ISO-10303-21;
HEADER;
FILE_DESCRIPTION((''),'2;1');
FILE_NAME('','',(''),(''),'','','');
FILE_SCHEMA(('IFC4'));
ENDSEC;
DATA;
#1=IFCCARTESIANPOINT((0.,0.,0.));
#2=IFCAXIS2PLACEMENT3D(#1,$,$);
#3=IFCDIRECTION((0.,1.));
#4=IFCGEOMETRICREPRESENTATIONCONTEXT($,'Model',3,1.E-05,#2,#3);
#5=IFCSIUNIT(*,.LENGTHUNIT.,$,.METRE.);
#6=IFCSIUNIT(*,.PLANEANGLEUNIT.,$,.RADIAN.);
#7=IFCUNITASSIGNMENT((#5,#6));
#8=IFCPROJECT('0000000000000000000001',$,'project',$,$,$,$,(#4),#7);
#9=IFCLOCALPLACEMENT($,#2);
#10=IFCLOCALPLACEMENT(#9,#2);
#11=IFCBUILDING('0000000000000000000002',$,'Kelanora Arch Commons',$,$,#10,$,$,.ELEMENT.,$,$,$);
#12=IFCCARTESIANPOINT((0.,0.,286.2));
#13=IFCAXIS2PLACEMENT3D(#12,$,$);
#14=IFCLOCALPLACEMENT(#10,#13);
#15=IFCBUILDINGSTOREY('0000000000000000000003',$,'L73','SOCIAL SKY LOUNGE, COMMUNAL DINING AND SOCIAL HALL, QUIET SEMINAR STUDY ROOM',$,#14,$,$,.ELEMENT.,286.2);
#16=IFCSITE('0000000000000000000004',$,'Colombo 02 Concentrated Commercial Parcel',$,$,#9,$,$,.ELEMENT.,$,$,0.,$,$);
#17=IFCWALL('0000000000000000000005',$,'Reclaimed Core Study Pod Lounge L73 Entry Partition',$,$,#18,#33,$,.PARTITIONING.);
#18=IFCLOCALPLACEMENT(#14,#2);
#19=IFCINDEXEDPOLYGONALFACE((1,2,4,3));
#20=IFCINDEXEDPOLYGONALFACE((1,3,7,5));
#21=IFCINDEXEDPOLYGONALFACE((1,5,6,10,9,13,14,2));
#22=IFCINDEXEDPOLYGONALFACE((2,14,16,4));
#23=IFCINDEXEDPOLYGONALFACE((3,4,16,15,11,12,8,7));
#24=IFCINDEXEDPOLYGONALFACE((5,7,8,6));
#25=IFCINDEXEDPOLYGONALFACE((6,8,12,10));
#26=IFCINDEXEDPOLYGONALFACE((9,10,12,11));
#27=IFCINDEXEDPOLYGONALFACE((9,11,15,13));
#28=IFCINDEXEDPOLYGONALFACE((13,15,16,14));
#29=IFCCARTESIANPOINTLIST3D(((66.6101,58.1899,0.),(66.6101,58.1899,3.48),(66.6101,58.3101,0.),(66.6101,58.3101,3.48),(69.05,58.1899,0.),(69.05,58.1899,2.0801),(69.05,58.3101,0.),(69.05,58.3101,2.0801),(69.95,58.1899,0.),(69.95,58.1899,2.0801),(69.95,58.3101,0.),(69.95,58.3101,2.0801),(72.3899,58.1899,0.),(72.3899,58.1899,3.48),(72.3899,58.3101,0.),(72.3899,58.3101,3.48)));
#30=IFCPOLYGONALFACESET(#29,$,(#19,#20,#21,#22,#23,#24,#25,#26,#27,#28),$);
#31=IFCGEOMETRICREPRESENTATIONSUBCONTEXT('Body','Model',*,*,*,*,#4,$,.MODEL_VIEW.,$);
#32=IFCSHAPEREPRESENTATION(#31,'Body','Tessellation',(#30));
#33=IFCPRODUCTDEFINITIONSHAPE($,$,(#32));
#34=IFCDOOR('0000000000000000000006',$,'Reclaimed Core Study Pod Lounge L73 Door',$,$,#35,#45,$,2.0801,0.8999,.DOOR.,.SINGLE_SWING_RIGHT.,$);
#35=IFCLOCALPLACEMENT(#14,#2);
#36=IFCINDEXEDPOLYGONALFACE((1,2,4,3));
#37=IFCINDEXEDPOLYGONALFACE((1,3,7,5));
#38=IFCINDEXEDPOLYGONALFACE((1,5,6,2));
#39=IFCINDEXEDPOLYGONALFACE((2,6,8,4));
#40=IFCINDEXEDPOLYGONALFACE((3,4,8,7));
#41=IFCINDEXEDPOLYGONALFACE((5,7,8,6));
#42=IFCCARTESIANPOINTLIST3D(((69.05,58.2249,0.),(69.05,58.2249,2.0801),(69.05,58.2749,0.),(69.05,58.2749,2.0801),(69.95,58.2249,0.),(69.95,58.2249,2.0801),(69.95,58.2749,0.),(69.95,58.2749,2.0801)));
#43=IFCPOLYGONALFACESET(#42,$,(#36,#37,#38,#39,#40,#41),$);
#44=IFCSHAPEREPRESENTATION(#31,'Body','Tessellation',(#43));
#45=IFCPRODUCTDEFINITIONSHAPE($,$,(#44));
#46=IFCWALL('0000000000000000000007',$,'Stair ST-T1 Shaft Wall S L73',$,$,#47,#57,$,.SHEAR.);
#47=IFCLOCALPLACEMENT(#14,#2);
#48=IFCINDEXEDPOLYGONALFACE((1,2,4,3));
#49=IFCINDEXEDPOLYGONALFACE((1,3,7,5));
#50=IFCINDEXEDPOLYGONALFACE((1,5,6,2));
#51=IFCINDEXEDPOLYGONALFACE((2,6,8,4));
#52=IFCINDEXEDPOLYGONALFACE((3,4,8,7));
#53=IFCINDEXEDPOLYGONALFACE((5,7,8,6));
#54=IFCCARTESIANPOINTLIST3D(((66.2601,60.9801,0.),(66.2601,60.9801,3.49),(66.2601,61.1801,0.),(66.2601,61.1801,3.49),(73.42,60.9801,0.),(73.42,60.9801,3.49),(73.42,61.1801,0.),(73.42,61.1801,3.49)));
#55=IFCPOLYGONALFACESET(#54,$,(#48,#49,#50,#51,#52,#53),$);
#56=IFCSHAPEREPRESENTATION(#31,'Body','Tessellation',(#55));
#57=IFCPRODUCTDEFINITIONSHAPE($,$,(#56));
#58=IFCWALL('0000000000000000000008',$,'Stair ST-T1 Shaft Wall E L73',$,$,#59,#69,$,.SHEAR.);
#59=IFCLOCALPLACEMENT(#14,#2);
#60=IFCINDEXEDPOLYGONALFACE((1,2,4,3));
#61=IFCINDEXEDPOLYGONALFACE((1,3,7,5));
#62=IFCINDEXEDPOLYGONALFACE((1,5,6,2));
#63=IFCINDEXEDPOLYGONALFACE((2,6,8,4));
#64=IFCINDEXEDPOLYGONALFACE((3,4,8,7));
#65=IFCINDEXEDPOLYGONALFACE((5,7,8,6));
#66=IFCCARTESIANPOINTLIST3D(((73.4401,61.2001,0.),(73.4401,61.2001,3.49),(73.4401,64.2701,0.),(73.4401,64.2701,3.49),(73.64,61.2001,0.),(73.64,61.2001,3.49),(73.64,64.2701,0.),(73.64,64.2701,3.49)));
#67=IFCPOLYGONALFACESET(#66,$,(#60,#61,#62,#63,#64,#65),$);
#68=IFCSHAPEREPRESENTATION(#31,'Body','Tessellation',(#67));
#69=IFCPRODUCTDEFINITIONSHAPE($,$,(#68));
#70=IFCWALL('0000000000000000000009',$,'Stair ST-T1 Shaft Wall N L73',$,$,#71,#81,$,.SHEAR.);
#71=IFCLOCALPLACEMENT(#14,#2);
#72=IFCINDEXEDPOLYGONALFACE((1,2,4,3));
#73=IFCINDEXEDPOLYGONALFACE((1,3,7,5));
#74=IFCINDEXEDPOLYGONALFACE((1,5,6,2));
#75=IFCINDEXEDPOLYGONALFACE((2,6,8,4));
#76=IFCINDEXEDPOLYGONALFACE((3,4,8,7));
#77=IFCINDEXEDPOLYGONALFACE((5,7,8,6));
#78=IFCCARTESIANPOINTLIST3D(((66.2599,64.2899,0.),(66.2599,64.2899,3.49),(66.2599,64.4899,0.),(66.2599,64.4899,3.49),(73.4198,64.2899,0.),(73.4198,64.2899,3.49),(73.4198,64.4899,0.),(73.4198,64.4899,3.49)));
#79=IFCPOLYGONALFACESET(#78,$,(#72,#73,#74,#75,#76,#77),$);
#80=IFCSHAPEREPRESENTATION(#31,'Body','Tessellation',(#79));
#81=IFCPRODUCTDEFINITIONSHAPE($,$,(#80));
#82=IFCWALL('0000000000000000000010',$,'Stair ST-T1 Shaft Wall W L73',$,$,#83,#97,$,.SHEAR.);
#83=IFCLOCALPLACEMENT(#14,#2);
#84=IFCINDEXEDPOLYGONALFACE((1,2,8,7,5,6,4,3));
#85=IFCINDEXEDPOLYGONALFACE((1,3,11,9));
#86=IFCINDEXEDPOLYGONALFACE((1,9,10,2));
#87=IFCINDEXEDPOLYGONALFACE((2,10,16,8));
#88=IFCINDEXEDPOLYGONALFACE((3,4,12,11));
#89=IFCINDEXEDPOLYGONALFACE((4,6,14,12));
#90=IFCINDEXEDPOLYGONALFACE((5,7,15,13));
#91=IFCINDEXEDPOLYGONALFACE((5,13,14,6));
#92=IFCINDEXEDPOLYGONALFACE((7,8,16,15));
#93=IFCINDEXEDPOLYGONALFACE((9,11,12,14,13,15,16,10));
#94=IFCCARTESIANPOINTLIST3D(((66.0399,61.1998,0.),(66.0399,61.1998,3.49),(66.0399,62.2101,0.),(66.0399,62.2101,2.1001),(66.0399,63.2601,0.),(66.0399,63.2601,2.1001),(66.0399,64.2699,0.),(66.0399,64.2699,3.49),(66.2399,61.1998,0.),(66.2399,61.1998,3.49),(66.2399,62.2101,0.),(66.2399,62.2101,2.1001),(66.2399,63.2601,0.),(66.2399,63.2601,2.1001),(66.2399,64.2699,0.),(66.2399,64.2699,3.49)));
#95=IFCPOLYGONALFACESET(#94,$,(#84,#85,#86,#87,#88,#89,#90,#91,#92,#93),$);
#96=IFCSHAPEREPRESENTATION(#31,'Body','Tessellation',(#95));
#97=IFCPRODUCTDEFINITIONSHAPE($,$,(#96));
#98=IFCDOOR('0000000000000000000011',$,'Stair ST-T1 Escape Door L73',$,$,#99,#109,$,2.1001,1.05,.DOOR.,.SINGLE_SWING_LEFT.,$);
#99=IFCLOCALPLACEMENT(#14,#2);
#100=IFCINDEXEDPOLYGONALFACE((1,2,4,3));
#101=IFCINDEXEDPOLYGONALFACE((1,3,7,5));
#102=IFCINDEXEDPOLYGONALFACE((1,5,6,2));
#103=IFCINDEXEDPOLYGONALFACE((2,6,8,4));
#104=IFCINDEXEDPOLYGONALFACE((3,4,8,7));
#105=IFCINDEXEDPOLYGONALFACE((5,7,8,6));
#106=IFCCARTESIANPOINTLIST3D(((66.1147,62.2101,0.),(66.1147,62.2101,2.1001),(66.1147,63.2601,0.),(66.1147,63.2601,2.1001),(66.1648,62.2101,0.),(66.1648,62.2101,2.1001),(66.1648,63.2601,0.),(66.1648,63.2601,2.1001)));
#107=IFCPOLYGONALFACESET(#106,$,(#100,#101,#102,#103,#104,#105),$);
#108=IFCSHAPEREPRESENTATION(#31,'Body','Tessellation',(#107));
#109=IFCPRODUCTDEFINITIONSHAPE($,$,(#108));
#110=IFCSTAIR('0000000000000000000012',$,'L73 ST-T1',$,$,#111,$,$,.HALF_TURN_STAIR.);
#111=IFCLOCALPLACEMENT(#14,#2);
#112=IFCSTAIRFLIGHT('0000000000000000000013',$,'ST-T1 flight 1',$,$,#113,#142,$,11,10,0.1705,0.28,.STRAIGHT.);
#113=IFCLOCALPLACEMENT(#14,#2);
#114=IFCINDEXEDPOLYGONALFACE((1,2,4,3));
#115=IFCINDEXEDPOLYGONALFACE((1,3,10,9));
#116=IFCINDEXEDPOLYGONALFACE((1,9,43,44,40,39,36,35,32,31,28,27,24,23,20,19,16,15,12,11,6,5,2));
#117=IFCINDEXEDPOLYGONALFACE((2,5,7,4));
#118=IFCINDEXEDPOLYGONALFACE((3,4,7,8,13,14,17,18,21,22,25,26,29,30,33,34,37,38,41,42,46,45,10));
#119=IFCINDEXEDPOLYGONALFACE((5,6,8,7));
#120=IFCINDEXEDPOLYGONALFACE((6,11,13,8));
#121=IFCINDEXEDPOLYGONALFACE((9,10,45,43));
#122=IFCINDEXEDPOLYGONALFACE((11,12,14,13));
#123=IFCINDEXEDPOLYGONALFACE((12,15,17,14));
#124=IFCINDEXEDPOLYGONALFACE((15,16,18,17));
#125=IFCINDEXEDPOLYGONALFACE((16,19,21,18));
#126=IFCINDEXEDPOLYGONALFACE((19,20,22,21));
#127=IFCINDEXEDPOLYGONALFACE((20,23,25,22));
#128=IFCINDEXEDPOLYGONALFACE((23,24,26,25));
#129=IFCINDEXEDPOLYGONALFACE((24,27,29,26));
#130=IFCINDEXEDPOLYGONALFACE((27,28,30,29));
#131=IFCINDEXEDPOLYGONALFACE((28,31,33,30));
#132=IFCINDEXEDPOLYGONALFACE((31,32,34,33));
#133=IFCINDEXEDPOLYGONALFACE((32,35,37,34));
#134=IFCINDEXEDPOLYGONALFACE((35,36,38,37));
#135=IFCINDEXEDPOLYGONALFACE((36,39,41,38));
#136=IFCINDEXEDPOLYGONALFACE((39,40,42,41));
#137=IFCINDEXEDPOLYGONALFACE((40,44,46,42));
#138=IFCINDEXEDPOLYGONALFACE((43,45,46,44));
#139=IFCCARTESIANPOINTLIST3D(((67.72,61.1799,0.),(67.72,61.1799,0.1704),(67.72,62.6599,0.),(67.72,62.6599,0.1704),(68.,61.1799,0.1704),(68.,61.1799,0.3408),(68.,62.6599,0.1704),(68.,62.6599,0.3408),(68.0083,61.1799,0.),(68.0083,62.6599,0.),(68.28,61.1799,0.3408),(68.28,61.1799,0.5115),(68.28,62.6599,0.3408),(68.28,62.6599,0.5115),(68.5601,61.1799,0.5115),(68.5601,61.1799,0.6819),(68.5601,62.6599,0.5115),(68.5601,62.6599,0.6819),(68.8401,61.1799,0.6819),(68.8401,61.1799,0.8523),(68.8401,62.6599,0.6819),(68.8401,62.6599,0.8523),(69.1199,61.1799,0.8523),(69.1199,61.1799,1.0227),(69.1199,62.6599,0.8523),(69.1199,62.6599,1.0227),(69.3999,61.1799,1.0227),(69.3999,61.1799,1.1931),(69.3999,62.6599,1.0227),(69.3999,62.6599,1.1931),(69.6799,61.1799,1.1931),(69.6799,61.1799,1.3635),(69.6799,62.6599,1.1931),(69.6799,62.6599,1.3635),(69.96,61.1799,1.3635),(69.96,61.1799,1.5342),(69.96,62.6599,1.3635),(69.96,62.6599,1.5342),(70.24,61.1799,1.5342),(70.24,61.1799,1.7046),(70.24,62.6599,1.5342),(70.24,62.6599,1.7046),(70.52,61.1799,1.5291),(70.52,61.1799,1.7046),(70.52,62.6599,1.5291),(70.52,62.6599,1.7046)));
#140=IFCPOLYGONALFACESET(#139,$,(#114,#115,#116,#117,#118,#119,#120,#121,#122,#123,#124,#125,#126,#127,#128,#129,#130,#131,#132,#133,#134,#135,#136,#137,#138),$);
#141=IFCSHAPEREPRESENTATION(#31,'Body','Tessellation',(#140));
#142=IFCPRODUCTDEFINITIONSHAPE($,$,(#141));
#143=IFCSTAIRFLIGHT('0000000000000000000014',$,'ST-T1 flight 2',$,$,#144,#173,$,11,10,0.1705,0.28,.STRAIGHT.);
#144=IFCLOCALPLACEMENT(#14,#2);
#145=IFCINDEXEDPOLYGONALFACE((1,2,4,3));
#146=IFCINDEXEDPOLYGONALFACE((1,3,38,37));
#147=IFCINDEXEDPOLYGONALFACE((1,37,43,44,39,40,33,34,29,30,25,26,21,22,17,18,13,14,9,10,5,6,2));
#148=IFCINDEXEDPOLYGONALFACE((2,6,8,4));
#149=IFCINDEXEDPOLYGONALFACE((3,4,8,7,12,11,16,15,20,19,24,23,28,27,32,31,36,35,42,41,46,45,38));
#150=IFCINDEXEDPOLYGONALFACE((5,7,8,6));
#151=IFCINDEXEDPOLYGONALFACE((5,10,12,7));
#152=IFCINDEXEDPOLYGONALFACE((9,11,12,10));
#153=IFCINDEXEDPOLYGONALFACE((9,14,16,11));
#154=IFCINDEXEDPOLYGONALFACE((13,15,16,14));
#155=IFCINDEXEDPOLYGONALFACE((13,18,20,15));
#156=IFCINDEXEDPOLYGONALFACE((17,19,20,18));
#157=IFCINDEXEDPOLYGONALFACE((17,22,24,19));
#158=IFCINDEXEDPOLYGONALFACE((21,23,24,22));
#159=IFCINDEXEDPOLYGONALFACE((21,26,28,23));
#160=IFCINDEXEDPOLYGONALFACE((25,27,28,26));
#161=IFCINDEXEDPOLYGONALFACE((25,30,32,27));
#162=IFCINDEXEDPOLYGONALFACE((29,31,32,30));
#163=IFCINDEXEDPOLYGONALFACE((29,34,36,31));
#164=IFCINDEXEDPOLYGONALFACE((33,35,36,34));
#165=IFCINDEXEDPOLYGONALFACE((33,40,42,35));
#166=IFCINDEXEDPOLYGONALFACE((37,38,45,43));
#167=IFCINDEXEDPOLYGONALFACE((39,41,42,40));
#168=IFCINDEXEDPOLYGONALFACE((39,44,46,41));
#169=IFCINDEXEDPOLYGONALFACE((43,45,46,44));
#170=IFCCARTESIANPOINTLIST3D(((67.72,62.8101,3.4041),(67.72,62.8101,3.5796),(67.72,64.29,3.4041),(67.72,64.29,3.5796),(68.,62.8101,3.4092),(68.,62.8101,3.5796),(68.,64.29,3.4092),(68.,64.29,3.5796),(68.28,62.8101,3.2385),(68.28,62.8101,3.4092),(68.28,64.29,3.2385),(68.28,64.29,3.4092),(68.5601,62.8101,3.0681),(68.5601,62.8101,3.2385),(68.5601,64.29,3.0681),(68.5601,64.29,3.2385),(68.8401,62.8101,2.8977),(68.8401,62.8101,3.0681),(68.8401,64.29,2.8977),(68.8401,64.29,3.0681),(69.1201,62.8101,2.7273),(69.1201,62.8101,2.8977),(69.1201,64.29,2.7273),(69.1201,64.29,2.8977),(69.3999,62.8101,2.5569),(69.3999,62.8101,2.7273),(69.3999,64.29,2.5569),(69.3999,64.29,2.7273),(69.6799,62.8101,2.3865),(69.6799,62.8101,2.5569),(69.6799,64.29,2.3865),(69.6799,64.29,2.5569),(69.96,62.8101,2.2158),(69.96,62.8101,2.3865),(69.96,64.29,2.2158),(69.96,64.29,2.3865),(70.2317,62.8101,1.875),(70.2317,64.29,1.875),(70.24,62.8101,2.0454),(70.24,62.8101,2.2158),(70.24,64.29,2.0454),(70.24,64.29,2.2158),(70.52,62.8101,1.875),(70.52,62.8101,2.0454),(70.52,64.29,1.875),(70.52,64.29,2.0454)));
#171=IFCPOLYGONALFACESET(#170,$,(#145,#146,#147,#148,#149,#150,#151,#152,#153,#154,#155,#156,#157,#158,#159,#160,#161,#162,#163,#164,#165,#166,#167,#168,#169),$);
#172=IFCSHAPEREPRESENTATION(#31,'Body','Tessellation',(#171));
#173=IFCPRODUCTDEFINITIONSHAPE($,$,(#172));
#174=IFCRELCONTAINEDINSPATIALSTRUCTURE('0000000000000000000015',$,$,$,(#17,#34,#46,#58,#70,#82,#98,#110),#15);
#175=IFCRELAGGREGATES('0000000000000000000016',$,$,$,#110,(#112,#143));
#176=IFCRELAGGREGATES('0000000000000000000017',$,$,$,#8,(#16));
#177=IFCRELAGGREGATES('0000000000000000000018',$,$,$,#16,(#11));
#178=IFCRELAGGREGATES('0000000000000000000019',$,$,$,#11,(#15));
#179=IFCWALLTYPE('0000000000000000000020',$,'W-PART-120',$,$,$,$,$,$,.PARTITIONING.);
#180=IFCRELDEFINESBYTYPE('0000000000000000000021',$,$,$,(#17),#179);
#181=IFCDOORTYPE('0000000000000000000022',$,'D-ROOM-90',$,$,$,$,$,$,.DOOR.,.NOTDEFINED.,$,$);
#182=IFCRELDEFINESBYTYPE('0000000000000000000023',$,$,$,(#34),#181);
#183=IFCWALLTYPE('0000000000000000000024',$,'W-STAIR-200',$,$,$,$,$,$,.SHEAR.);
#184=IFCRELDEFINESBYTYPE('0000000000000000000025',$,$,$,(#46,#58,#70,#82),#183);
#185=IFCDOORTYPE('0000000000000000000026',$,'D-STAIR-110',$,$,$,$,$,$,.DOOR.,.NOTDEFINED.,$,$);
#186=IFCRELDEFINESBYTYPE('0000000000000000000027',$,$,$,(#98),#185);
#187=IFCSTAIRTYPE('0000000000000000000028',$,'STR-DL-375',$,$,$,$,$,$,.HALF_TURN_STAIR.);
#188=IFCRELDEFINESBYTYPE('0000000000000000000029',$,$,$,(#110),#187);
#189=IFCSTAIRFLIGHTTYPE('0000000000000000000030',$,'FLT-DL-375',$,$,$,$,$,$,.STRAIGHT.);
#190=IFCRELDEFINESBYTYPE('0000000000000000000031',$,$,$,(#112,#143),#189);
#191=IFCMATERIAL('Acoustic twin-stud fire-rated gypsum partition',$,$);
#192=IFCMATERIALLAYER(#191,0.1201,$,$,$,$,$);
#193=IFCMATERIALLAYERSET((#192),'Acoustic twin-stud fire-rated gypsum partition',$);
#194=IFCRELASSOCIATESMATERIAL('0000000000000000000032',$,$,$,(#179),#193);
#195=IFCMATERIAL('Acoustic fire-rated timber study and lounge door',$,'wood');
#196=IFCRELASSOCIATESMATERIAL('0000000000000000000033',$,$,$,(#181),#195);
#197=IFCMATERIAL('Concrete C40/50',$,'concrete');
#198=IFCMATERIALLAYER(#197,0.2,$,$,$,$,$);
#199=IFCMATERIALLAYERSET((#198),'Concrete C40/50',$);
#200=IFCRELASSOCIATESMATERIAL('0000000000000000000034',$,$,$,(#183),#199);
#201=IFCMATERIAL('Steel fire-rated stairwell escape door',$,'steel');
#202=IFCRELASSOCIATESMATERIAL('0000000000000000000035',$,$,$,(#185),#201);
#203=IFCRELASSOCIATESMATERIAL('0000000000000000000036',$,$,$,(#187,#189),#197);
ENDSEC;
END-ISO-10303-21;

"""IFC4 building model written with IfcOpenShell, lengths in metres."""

from ifc_helpers import new_model, si_unit, direction, frame, frame_2d, origin, place, context, subcontext, project, spatial, polyline, rectangle, outline, extrude, material, layer, layer_set, type_object, element, fill, aggregate, save


model = new_model("IFC4")

# Units and contexts
model_context = context("Model", 3, precision=1e-05, world=origin(), true_north=direction((0.0, 1.0)))
body_context = subcontext(model_context, "Body", "Model", "MODEL_VIEW")
ifc_project = project(units=[si_unit("LENGTHUNIT", "METRE"), si_unit("PLANEANGLEUNIT", "RADIAN")], contexts=[model_context])

# Site, building, storey
site_placement = place(None, origin())
site = spatial("IfcSite", under=ifc_project, at=site_placement, Name="Colombo 02 Concentrated Commercial Parcel", CompositionType="ELEMENT", RefElevation=0.0)
building_placement = place(site_placement, origin())
building = spatial("IfcBuilding", under=site, at=building_placement, Name="Kelanora Arch Commons", CompositionType="ELEMENT")
storey_placement = place(building_placement, frame((0.0, 0.0, 286.2)))
storey = spatial("IfcBuildingStorey", under=building, at=storey_placement, Name="L73", Description="SOCIAL SKY LOUNGE, COMMUNAL DINING AND SOCIAL HALL, QUIET SEMINAR STUDY ROOM", CompositionType="ELEMENT", Elevation=286.2)

# Wall, opening, door
ifc_material_1 = material(Name="Acoustic twin-stud fire-rated gypsum partition")
ifc_layer_1 = layer(ifc_material_1, 0.1201)
ifc_layer_set_1 = layer_set([ifc_layer_1], Name="Acoustic twin-stud fire-rated gypsum partition")
wall_type_1 = type_object("IfcWallType", Name="W-PART-120", PredefinedType="PARTITIONING", material=ifc_layer_set_1)
wall_1_placement = place(storey_placement, frame((66.6101, 58.25, 0.0), z_axis=(0.0, 0.0, 1.0), x_axis=(1.0, 0.0, 0.0)))
wall_1 = element("IfcWall", 1, at=wall_1_placement, inside=storey, type_object=wall_type_1, Name="Reclaimed Core Study Pod Lounge L73 Entry Partition", PredefinedType="PARTITIONING", context=body_context, shape_type="SweptSolid", body=[
    extrude(rectangle(XDim=5.7798, YDim=0.1201, at=frame_2d((2.8899, 0.0))), origin(), (0.0, 0.0, 1.0), 3.48),
])
opening_1_placement = place(wall_1_placement, frame((2.4399, 0.0, 0.0)))
opening_1 = element("IfcOpeningElement", 2, at=opening_1_placement, cuts=wall_1, PredefinedType="OPENING", context=body_context, shape_type="SweptSolid", body=[
    extrude(rectangle(XDim=0.8999, YDim=2.0801, at=frame_2d((0.45, 1.04))), frame((0.0, 0.0701, 0.0), z_axis=(0.0, -1.0, 0.0), x_axis=(1.0, 0.0, 0.0)), (0.0, 0.0, 1.0), 0.1401),
])
ifc_material_2 = material(Name="Acoustic fire-rated timber study and lounge door", Category="wood")
door_type_1 = type_object("IfcDoorType", Name="D-ROOM-90", OperationType="NOTDEFINED", PredefinedType="DOOR", material=ifc_material_2)
door_1_placement = place(opening_1_placement, origin())
door_1 = element("IfcDoor", 3, at=door_1_placement, inside=storey, type_object=door_type_1, Name="Reclaimed Core Study Pod Lounge L73 Door", OperationType="SINGLE_SWING_RIGHT", OverallHeight=2.0801, OverallWidth=0.8999, PredefinedType="DOOR", context=body_context, shape_type="SweptSolid", body=[
    extrude(rectangle(XDim=0.8999, YDim=2.0801, at=frame_2d((0.45, 1.04))), frame((0.0, 0.0249, 0.0), z_axis=(0.0, -1.0, 0.0), x_axis=(1.0, 0.0, 0.0)), (0.0, 0.0, 1.0), 0.05),
])
fill(opening_1, door_1)

# Walls
ifc_material_3 = material(Name="Concrete C40/50", Category="concrete")
ifc_layer_2 = layer(ifc_material_3, 0.2)
ifc_layer_set_2 = layer_set([ifc_layer_2], Name="Concrete C40/50")
wall_type_2 = type_object("IfcWallType", Name="W-STAIR-200", PredefinedType="SHEAR", material=ifc_layer_set_2)
wall_2_placement = place(storey_placement, frame((66.26, 61.0801, 0.0), z_axis=(0.0, 0.0, 1.0), x_axis=(1.0, 0.0, 0.0)))
element("IfcWall", 4, at=wall_2_placement, inside=storey, type_object=wall_type_2, Name="Stair ST-T1 Shaft Wall S L73", PredefinedType="SHEAR", context=body_context, shape_type="SweptSolid", body=[
    extrude(rectangle(XDim=7.1599, YDim=0.2, at=frame_2d((3.5801, 0.0))), origin(), (0.0, 0.0, 1.0), 3.49),
])
wall_3_placement = place(storey_placement, frame((73.54, 61.2, 0.0), z_axis=(0.0, 0.0, 1.0), x_axis=(0.0, 1.0, 0.0)))
element("IfcWall", 5, at=wall_3_placement, inside=storey, type_object=wall_type_2, Name="Stair ST-T1 Shaft Wall E L73", PredefinedType="SHEAR", context=body_context, shape_type="SweptSolid", body=[
    extrude(rectangle(XDim=3.0701, YDim=0.2, at=frame_2d((1.5352, 0.0))), origin(), (0.0, 0.0, 1.0), 3.49),
])
wall_4_placement = place(storey_placement, frame((73.4199, 64.3899, 0.0), z_axis=(0.0, 0.0, 1.0), x_axis=(-1.0, 0.0, 0.0)))
element("IfcWall", 6, at=wall_4_placement, inside=storey, type_object=wall_type_2, Name="Stair ST-T1 Shaft Wall N L73", PredefinedType="SHEAR", context=body_context, shape_type="SweptSolid", body=[
    extrude(rectangle(XDim=7.1599, YDim=0.2, at=frame_2d((3.5801, 0.0))), origin(), (0.0, 0.0, 1.0), 3.49),
])

# Wall, opening, door
wall_5_placement = place(storey_placement, frame((66.1399, 64.27, 0.0), z_axis=(0.0, 0.0, 1.0), x_axis=(0.0, -1.0, 0.0)))
wall_5 = element("IfcWall", 7, at=wall_5_placement, inside=storey, type_object=wall_type_2, Name="Stair ST-T1 Shaft Wall W L73", PredefinedType="SHEAR", context=body_context, shape_type="SweptSolid", body=[
    extrude(rectangle(XDim=3.0701, YDim=0.2, at=frame_2d((1.5352, 0.0))), origin(), (0.0, 0.0, 1.0), 3.49),
])
opening_2_placement = place(wall_5_placement, frame((1.01, 0.0, 0.0)))
opening_2 = element("IfcOpeningElement", 8, at=opening_2_placement, cuts=wall_5, PredefinedType="OPENING", context=body_context, shape_type="SweptSolid", body=[
    extrude(rectangle(XDim=1.05, YDim=2.1001, at=frame_2d((0.5249, 1.05))), frame((0.0, 0.1099, 0.0), z_axis=(0.0, -1.0, 0.0), x_axis=(1.0, 0.0, 0.0)), (0.0, 0.0, 1.0), 0.22),
])
ifc_material_4 = material(Name="Steel fire-rated stairwell escape door", Category="steel")
door_type_2 = type_object("IfcDoorType", Name="D-STAIR-110", OperationType="NOTDEFINED", PredefinedType="DOOR", material=ifc_material_4)
door_2_placement = place(opening_2_placement, origin())
door_2 = element("IfcDoor", 9, at=door_2_placement, inside=storey, type_object=door_type_2, Name="Stair ST-T1 Escape Door L73", OperationType="SINGLE_SWING_LEFT", OverallHeight=2.1001, OverallWidth=1.05, PredefinedType="DOOR", context=body_context, shape_type="SweptSolid", body=[
    extrude(rectangle(XDim=1.05, YDim=2.1001, at=frame_2d((0.5249, 1.05))), frame((0.0, 0.0249, 0.0), z_axis=(0.0, -1.0, 0.0), x_axis=(1.0, 0.0, 0.0)), (0.0, 0.0, 1.0), 0.05),
])
fill(opening_2, door_2)

# Stair, stair flights
stair_type = type_object("IfcStairType", Name="STR-DL-375", PredefinedType="HALF_TURN_STAIR", material=ifc_material_3)
stair_placement = place(storey_placement, origin())
stair = element("IfcStair", 10, at=stair_placement, inside=storey, type_object=stair_type, Name="L73 ST-T1", PredefinedType="HALF_TURN_STAIR")
stair_flight_type = type_object("IfcStairFlightType", Name="FLT-DL-375", PredefinedType="STRAIGHT", material=ifc_material_3)
stair_flight_1_placement = place(storey_placement, frame((67.72, 61.9199, 0.0), z_axis=(0.0, 0.0, 1.0), x_axis=(1.0, 0.0, 0.0)))
stair_flight_1 = element("IfcStairFlight", 11, at=stair_flight_1_placement, type_object=stair_flight_type, Name="ST-T1 flight 1", NumberOfRisers=11, NumberOfTreads=10, PredefinedType="STRAIGHT", RiserHeight=0.1705, TreadLength=0.28, context=body_context, shape_type="SweptSolid", body=[
    extrude(outline(polyline([(0.0, 0.0), (0.0, 0.1704), (0.28, 0.1704), (0.28, 0.3408), (0.5601, 0.3408), (0.5601, 0.5115), (0.8401, 0.5115), (0.8401, 0.6819), (1.1201, 0.6819), (1.1201, 0.8523), (1.3999, 0.8523), (1.3999, 1.0227), (1.6799, 1.0227), (1.6799, 1.1931), (1.96, 1.1931), (1.96, 1.3635), (2.24, 1.3635), (2.24, 1.5342), (2.52, 1.5342), (2.52, 1.7046), (2.8, 1.7046), (2.8, 1.875), (2.8, 1.5291), (0.2883, 0.0), (0.0, 0.0)])), frame((0.0, 0.74, 0.0), z_axis=(0.0, -1.0, 0.0), x_axis=(1.0, 0.0, 0.0)), (0.0, 0.0, 1.0), 1.48),
])
stair_flight_2_placement = place(storey_placement, frame((70.52, 63.55, 1.875), z_axis=(0.0, 0.0, 1.0), x_axis=(-1.0, 0.0, 0.0)))
stair_flight_2 = element("IfcStairFlight", 12, at=stair_flight_2_placement, type_object=stair_flight_type, Name="ST-T1 flight 2", NumberOfRisers=11, NumberOfTreads=10, PredefinedType="STRAIGHT", RiserHeight=0.1705, TreadLength=0.28, context=body_context, shape_type="SweptSolid", body=[
    extrude(outline(polyline([(0.0, 0.0), (0.0, 0.1704), (0.28, 0.1704), (0.28, 0.3408), (0.5601, 0.3408), (0.5601, 0.5115), (0.8401, 0.5115), (0.8401, 0.6819), (1.1201, 0.6819), (1.1201, 0.8523), (1.3999, 0.8523), (1.3999, 1.0227), (1.6799, 1.0227), (1.6799, 1.1931), (1.96, 1.1931), (1.96, 1.3635), (2.24, 1.3635), (2.24, 1.5342), (2.52, 1.5342), (2.52, 1.7046), (2.8, 1.7046), (2.8, 1.875), (2.8, 1.5291), (0.2883, 0.0), (0.0, 0.0)])), frame((0.0, 0.74, 0.0), z_axis=(0.0, -1.0, 0.0), x_axis=(1.0, 0.0, 0.0)), (0.0, 0.0, 1.0), 1.48),
])
aggregate(stair, [stair_flight_1, stair_flight_2])

save(model, "model.ifc")
